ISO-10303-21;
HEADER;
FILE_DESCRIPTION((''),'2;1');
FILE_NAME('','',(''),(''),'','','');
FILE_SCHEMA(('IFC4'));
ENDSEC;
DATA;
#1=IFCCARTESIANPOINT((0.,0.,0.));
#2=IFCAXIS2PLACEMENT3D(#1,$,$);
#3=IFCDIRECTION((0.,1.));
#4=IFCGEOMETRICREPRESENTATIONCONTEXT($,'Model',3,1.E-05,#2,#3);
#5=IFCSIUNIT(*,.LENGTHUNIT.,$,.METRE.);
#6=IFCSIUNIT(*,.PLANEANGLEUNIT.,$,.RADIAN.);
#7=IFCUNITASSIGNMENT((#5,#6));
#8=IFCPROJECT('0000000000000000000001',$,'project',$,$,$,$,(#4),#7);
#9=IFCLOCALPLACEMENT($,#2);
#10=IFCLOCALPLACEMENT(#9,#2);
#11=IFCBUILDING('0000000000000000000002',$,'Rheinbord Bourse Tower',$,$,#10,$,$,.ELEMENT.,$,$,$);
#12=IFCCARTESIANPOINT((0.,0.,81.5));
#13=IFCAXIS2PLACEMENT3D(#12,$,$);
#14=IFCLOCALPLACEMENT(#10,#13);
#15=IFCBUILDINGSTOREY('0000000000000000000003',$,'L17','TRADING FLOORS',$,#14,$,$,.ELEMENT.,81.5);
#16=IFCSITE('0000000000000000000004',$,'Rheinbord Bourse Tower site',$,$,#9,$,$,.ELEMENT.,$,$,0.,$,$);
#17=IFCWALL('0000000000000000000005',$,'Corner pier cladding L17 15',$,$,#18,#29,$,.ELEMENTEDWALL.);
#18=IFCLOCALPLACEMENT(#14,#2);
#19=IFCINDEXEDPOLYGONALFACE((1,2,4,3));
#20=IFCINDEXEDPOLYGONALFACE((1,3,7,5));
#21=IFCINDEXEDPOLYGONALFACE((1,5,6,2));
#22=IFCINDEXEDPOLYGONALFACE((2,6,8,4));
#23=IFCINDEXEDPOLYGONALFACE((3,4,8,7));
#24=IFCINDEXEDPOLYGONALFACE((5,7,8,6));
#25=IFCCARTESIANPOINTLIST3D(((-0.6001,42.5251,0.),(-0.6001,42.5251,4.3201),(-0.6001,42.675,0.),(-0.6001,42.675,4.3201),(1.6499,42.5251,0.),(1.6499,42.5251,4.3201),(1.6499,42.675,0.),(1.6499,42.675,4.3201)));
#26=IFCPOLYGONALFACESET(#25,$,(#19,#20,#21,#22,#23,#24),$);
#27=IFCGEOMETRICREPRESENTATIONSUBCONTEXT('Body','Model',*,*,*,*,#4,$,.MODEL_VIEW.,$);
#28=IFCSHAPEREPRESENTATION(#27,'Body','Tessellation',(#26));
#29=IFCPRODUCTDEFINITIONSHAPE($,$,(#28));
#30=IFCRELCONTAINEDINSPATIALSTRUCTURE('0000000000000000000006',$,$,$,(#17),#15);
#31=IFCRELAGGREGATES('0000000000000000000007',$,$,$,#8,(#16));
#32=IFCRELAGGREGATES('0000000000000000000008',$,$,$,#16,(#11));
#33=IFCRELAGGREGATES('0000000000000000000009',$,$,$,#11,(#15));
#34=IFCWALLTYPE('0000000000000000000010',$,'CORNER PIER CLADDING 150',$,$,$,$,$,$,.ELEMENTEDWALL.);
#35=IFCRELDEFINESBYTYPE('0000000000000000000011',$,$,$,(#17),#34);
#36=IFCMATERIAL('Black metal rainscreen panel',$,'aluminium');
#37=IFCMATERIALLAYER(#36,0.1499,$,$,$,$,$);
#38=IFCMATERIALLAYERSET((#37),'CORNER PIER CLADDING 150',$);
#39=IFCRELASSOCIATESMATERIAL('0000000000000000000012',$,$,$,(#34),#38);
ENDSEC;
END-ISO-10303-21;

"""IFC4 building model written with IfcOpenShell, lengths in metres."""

from ifc_helpers import new_model, si_unit, direction, frame, frame_2d, origin, place, context, subcontext, project, spatial, rectangle, extrude, material, layer, layer_set, type_object, element, save


model = new_model("IFC4")

# Units and contexts
model_context = context("Model", 3, precision=1e-05, world=origin(), true_north=direction((0.0, 1.0)))
body_context = subcontext(model_context, "Body", "Model", "MODEL_VIEW")
ifc_project = project(units=[si_unit("LENGTHUNIT", "METRE"), si_unit("PLANEANGLEUNIT", "RADIAN")], contexts=[model_context])

# Site, building, storey
site_placement = place(None, origin())
site = spatial("IfcSite", under=ifc_project, at=site_placement, Name="Rheinbord Bourse Tower site", CompositionType="ELEMENT", RefElevation=0.0)
building_placement = place(site_placement, origin())
building = spatial("IfcBuilding", under=site, at=building_placement, Name="Rheinbord Bourse Tower", CompositionType="ELEMENT")
storey_placement = place(building_placement, frame((0.0, 0.0, 81.5)))
storey = spatial("IfcBuildingStorey", under=building, at=storey_placement, Name="L17", Description="TRADING FLOORS", CompositionType="ELEMENT", Elevation=81.5)

# Wall
ifc_material_1 = material(Name="Black metal rainscreen panel", Category="aluminium")
ifc_layer_1 = layer(ifc_material_1, 0.1499)
ifc_layer_set_1 = layer_set([ifc_layer_1], Name="CORNER PIER CLADDING 150")
wall_type = type_object("IfcWallType", Name="CORNER PIER CLADDING 150", PredefinedType="ELEMENTEDWALL", material=ifc_layer_set_1)
wall_1_placement = place(storey_placement, frame((1.6499, 42.6001, 0.0), z_axis=(0.0, 0.0, 1.0), x_axis=(-1.0, 0.0, 0.0)))
element("IfcWall", 1, at=wall_1_placement, inside=storey, type_object=wall_type, Name="Corner pier cladding L17 15", PredefinedType="ELEMENTEDWALL", context=body_context, shape_type="SweptSolid", body=[
    extrude(rectangle(XDim=2.25, YDim=0.1499, at=frame_2d((1.125, 0.0))), origin(), (0.0, 0.0, 1.0), 4.3201),
])

save(model, "model.ifc")
